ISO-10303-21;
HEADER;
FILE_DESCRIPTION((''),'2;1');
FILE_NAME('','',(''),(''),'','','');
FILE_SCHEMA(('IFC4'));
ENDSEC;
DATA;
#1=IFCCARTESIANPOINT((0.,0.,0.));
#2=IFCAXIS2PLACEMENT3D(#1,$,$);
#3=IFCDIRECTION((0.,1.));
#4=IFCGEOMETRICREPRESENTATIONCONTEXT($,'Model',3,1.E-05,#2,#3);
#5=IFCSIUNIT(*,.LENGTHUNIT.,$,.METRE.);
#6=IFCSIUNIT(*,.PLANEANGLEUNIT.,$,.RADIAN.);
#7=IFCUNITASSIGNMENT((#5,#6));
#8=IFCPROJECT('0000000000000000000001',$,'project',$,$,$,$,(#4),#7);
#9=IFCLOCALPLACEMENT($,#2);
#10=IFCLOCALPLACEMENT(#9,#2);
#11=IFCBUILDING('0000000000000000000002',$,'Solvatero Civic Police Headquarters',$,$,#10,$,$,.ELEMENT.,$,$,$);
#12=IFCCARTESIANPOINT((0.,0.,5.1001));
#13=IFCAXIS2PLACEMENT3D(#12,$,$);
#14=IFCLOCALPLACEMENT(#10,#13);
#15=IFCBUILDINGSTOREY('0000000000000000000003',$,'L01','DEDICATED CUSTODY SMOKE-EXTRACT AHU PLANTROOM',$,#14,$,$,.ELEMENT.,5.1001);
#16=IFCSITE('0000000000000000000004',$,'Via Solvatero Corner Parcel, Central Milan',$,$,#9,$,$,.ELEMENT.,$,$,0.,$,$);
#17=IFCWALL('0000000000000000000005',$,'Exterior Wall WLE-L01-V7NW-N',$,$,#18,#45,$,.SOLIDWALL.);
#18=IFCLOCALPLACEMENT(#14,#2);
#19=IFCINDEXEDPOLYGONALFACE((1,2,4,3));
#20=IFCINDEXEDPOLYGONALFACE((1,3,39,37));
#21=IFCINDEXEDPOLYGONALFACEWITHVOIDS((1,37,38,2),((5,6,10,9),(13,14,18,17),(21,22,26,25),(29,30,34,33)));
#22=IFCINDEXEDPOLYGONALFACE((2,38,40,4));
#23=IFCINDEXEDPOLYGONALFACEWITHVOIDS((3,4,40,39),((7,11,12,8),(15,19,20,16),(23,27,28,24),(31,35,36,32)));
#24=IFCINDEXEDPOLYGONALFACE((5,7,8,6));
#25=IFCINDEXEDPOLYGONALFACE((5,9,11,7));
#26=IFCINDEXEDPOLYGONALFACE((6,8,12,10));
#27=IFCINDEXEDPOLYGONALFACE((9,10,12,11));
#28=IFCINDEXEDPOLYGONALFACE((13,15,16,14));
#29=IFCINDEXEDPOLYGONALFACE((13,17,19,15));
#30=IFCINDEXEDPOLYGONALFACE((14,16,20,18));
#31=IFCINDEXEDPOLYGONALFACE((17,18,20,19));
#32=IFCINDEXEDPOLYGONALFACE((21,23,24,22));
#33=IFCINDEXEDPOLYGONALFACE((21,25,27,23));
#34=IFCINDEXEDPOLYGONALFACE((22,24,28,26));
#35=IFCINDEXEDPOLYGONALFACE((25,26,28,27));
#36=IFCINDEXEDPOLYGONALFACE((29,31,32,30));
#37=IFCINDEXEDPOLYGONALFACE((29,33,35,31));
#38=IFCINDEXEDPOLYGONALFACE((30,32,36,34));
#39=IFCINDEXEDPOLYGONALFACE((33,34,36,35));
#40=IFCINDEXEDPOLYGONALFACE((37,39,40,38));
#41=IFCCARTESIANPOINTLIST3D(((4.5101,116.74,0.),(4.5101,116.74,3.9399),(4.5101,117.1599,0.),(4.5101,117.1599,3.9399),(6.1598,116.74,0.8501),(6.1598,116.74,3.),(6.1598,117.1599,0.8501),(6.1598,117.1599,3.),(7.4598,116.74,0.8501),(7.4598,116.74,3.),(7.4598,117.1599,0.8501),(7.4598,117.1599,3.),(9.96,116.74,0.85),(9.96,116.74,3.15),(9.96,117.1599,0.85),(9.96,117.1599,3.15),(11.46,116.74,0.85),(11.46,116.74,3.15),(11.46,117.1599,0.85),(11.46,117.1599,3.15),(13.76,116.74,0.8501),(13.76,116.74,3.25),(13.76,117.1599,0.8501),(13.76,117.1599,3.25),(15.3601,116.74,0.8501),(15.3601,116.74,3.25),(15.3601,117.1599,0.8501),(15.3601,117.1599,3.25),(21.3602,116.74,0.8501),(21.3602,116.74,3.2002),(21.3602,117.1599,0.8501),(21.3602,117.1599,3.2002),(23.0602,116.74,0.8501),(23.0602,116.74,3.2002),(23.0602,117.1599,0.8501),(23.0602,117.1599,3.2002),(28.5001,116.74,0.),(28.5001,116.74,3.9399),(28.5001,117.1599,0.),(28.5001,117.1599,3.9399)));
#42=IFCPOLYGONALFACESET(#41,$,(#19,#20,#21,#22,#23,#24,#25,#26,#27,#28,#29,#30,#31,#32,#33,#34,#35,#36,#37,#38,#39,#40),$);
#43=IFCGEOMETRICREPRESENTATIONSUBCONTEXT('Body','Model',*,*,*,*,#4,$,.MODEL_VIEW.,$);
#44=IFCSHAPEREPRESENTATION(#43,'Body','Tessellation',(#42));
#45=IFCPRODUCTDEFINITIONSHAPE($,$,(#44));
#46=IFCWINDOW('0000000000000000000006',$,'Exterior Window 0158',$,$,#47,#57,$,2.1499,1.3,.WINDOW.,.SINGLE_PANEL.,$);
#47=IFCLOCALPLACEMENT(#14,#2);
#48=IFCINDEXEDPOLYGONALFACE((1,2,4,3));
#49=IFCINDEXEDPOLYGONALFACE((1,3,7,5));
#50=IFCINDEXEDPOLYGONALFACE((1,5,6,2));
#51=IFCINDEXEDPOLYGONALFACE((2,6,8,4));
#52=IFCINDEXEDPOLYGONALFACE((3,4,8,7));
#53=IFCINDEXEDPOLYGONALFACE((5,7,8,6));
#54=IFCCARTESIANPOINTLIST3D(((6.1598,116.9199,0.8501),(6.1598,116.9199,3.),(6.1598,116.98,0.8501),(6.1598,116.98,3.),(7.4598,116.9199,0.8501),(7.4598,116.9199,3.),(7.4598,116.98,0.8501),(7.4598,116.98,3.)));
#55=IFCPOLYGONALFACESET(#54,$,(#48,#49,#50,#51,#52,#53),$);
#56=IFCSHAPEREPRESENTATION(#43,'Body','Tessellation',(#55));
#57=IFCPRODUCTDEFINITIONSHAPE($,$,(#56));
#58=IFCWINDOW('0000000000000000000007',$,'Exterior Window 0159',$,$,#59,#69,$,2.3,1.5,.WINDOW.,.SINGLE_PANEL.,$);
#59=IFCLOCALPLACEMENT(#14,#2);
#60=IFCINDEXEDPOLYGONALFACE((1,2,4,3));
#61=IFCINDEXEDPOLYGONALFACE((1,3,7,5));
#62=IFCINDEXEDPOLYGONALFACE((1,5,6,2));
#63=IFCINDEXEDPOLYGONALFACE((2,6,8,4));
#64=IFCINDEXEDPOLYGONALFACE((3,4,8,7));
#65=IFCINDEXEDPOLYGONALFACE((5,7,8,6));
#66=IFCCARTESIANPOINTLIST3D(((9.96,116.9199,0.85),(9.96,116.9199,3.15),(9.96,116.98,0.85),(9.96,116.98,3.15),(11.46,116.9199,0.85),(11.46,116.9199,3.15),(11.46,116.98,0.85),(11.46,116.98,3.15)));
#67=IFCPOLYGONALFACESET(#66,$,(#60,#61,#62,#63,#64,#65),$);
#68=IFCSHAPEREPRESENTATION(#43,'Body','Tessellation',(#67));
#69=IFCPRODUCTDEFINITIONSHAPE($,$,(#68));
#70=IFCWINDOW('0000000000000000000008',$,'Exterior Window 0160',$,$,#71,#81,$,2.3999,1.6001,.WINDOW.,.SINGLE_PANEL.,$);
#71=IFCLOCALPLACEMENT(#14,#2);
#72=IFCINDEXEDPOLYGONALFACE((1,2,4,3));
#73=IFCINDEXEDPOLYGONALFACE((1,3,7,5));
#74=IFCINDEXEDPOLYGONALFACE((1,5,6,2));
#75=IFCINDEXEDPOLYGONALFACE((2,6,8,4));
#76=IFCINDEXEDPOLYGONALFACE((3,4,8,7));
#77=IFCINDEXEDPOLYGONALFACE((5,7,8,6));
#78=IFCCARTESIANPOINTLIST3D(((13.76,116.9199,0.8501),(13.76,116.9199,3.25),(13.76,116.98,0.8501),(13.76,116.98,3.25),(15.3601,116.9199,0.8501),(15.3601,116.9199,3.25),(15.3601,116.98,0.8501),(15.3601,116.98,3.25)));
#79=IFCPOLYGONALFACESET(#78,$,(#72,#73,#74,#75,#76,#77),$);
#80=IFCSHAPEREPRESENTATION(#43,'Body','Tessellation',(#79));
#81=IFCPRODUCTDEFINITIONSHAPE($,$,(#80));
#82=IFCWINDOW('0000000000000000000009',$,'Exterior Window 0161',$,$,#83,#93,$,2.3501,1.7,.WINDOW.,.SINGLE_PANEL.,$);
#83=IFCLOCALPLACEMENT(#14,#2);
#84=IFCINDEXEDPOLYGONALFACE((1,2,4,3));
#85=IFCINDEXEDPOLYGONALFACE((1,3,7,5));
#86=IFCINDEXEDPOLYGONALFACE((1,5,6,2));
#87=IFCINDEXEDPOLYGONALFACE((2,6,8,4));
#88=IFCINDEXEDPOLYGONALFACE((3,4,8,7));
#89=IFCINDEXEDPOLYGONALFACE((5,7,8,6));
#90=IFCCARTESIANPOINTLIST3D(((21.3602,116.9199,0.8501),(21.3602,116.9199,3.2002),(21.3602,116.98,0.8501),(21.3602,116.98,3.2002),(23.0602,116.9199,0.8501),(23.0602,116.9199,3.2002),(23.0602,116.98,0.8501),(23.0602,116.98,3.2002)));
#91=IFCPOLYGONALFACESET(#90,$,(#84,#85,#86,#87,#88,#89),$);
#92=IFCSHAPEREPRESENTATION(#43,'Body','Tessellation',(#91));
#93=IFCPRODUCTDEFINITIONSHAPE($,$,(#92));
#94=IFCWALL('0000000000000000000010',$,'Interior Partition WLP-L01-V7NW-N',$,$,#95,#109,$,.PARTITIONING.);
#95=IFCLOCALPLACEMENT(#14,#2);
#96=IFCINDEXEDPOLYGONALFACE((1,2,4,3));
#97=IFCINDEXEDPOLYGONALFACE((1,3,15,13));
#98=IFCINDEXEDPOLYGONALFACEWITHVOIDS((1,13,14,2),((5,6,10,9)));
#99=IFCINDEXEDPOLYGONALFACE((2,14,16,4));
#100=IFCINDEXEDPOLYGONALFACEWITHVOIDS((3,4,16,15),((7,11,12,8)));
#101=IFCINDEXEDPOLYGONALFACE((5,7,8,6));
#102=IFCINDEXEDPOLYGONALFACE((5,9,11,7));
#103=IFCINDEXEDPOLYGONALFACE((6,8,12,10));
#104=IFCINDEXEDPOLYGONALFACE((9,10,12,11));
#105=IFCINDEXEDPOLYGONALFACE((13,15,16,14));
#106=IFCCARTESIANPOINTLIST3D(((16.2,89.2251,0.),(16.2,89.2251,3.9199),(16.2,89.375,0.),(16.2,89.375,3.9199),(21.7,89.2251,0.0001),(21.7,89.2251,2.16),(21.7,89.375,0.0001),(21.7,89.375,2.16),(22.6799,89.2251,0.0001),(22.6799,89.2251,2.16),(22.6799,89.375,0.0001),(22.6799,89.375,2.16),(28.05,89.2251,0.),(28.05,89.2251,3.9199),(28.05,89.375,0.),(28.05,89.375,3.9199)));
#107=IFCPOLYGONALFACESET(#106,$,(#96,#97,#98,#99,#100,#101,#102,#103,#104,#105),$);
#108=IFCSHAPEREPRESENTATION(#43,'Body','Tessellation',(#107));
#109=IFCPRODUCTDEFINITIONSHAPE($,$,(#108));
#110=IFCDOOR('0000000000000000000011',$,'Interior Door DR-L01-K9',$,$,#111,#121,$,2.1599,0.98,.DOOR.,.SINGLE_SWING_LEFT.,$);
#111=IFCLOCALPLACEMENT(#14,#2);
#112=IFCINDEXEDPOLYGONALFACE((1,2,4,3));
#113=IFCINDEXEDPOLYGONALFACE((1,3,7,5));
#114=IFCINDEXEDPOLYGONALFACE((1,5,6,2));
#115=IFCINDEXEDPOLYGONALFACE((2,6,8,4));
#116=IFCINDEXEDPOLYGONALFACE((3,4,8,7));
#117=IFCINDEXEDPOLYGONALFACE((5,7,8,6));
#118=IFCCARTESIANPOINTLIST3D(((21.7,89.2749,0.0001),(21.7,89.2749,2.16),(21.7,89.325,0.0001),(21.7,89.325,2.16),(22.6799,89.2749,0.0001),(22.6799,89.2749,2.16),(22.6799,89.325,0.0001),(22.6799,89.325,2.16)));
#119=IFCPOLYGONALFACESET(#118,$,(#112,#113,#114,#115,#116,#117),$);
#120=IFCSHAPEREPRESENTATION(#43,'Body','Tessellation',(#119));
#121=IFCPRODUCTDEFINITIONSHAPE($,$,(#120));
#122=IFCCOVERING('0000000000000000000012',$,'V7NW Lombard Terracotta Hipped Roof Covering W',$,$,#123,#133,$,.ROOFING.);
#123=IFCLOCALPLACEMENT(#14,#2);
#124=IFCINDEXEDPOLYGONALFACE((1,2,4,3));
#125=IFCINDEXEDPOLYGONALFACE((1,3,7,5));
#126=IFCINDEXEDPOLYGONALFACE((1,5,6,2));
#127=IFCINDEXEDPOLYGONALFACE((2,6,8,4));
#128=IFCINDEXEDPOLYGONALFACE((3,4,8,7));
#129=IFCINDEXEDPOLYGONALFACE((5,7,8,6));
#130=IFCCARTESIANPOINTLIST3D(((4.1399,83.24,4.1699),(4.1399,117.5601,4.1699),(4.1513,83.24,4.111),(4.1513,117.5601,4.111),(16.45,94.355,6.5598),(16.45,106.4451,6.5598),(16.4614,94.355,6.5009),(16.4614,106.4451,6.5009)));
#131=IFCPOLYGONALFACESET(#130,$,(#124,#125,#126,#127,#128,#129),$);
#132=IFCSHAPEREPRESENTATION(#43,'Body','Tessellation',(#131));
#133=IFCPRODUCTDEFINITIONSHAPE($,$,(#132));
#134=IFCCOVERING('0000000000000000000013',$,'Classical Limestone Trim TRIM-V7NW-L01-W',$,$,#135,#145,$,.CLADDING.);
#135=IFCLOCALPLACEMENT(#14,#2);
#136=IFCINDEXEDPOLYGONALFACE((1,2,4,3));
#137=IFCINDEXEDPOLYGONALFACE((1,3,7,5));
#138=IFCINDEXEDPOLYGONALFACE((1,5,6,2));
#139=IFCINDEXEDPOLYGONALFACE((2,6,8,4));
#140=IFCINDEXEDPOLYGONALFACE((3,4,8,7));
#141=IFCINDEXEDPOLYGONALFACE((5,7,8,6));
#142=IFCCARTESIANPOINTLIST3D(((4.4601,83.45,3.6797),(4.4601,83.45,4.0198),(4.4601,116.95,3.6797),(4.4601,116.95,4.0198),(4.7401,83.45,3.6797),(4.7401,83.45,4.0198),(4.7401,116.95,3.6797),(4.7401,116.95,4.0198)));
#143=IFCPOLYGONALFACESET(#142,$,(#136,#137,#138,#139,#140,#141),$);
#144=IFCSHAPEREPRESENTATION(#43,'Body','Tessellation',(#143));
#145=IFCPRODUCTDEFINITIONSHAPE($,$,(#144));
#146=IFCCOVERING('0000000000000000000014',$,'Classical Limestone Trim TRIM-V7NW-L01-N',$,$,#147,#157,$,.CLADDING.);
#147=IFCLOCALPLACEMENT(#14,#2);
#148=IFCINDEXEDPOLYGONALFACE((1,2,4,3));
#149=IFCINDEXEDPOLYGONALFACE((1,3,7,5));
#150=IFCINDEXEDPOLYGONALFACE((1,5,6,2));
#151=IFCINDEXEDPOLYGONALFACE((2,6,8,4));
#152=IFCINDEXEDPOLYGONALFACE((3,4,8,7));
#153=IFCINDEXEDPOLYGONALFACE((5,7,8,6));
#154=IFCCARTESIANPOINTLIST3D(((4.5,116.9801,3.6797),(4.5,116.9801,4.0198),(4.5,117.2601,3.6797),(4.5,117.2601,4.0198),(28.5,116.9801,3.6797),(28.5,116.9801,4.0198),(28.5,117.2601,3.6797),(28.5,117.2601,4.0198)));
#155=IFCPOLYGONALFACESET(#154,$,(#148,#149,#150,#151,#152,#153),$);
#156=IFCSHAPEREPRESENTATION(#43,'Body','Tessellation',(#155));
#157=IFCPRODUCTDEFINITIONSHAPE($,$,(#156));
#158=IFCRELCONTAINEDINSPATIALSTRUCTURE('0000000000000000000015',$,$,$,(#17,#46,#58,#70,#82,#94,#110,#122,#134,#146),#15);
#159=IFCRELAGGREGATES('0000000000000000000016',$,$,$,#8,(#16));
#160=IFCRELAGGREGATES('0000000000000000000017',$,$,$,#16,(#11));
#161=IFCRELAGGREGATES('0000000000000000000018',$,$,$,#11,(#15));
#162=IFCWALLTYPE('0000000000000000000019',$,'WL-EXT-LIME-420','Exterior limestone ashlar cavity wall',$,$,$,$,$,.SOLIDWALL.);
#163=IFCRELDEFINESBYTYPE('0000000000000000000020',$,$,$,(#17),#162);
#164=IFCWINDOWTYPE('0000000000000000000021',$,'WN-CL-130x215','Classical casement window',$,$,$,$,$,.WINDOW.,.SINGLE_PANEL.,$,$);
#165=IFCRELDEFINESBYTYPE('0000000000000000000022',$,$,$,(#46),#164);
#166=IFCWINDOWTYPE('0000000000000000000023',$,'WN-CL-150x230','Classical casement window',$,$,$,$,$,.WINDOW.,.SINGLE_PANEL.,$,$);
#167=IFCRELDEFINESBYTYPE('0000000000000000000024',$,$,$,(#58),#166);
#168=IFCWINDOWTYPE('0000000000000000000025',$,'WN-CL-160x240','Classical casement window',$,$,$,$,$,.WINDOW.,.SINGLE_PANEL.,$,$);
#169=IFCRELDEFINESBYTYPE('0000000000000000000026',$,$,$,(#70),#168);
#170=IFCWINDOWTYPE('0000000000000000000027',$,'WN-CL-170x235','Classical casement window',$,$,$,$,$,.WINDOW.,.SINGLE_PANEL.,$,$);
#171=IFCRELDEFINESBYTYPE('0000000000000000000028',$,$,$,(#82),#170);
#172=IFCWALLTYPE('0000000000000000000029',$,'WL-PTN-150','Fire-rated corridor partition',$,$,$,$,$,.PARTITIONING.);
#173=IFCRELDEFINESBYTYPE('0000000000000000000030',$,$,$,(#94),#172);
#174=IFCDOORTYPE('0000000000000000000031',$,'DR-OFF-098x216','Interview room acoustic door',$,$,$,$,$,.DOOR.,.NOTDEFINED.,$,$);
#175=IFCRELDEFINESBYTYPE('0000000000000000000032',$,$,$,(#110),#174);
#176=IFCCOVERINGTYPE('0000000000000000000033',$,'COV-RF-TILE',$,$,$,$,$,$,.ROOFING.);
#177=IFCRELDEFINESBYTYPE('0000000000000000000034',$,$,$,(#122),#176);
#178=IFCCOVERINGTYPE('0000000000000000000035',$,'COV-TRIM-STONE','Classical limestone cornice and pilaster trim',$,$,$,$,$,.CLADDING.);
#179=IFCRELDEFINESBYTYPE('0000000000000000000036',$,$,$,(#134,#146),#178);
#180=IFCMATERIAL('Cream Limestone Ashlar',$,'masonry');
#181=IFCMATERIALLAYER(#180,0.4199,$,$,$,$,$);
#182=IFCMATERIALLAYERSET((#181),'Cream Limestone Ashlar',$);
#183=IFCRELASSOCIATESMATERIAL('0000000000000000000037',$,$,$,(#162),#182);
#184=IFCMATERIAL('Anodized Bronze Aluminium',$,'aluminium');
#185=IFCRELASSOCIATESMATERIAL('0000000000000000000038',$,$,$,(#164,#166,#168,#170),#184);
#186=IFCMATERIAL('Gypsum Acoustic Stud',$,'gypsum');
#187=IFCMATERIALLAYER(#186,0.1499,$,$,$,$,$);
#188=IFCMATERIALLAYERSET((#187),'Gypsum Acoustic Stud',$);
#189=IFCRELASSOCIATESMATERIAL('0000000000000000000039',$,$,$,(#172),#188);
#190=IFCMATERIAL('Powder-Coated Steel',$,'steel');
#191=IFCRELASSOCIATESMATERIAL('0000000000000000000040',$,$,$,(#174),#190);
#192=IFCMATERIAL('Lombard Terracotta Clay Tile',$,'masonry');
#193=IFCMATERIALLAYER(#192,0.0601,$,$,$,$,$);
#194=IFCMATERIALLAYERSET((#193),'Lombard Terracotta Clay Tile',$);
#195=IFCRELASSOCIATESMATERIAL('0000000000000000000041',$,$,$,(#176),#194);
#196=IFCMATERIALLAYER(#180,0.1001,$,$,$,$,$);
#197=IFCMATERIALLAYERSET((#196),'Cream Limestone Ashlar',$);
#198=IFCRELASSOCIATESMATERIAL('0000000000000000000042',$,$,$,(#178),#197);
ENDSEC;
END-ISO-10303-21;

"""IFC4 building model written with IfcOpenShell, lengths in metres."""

from ifc_helpers import new_model, si_unit, direction, frame, frame_2d, origin, origin_2d, place, context, subcontext, project, spatial, polyline, rectangle, outline, extrude, material, layer, layer_set, type_object, element, fill, save


model = new_model("IFC4")

# Units and contexts
model_context = context("Model", 3, precision=1e-05, world=origin(), true_north=direction((0.0, 1.0)))
body_context = subcontext(model_context, "Body", "Model", "MODEL_VIEW")
ifc_project = project(units=[si_unit("LENGTHUNIT", "METRE"), si_unit("PLANEANGLEUNIT", "RADIAN")], contexts=[model_context])

# Site, building, storey
site_placement = place(None, origin())
site = spatial("IfcSite", under=ifc_project, at=site_placement, Name="Via Solvatero Corner Parcel, Central Milan", CompositionType="ELEMENT", RefElevation=0.0)
building_placement = place(site_placement, origin())
building = spatial("IfcBuilding", under=site, at=building_placement, Name="Solvatero Civic Police Headquarters", CompositionType="ELEMENT")
storey_placement = place(building_placement, frame((0.0, 0.0, 5.1001)))
storey = spatial("IfcBuildingStorey", under=building, at=storey_placement, Name="L01", Description="DEDICATED CUSTODY SMOKE-EXTRACT AHU PLANTROOM", CompositionType="ELEMENT", Elevation=5.1001)

# Wall, openings, windows
ifc_material_1 = material(Name="Cream Limestone Ashlar", Category="masonry")
ifc_layer_1 = layer(ifc_material_1, 0.4199)
ifc_layer_set_1 = layer_set([ifc_layer_1], Name="Cream Limestone Ashlar")
wall_type_1 = type_object("IfcWallType", Name="WL-EXT-LIME-420", Description="Exterior limestone ashlar cavity wall", PredefinedType="SOLIDWALL", material=ifc_layer_set_1)
wall_1_placement = place(storey_placement, frame((4.51, 116.95, 0.0), z_axis=(0.0, 0.0, 1.0), x_axis=(1.0, 0.0, 0.0)))
wall_1 = element("IfcWall", 1, at=wall_1_placement, inside=storey, type_object=wall_type_1, Name="Exterior Wall WLE-L01-V7NW-N", PredefinedType="SOLIDWALL", context=body_context, shape_type="SweptSolid", body=[
    extrude(rectangle(XDim=23.99, YDim=0.4199, at=frame_2d((11.9951, 0.0))), origin(), (0.0, 0.0, 1.0), 3.9399),
])
opening_1_placement = place(wall_1_placement, frame((1.6499, 0.0, 0.8501)))
opening_1 = element("IfcOpeningElement", 2, at=opening_1_placement, cuts=wall_1, PredefinedType="OPENING", context=body_context, shape_type="SweptSolid", body=[
    extrude(rectangle(XDim=1.3, YDim=2.1499, at=frame_2d((0.6499, 1.075))), frame((0.0, 0.22, 0.0), z_axis=(0.0, -1.0, 0.0), x_axis=(1.0, 0.0, 0.0)), (0.0, 0.0, 1.0), 0.4399),
])
opening_2_placement = place(wall_1_placement, frame((5.45, 0.0, 0.8501)))
opening_2 = element("IfcOpeningElement", 3, at=opening_2_placement, cuts=wall_1, PredefinedType="OPENING", context=body_context, shape_type="SweptSolid", body=[
    extrude(rectangle(XDim=1.5, YDim=2.3, at=frame_2d((0.75, 1.1499))), frame((0.0, 0.22, 0.0), z_axis=(0.0, -1.0, 0.0), x_axis=(1.0, 0.0, 0.0)), (0.0, 0.0, 1.0), 0.4399),
])
opening_3_placement = place(wall_1_placement, frame((9.25, 0.0, 0.8501)))
opening_3 = element("IfcOpeningElement", 4, at=opening_3_placement, cuts=wall_1, PredefinedType="OPENING", context=body_context, shape_type="SweptSolid", body=[
    extrude(rectangle(XDim=1.6001, YDim=2.3999, at=frame_2d((0.8, 1.2))), frame((0.0, 0.22, 0.0), z_axis=(0.0, -1.0, 0.0), x_axis=(1.0, 0.0, 0.0)), (0.0, 0.0, 1.0), 0.4399),
])
opening_4_placement = place(wall_1_placement, frame((16.8501, 0.0, 0.8501)))
opening_4 = element("IfcOpeningElement", 5, at=opening_4_placement, cuts=wall_1, PredefinedType="OPENING", context=body_context, shape_type="SweptSolid", body=[
    extrude(rectangle(XDim=1.7, YDim=2.3501, at=frame_2d((0.8501, 1.175))), frame((0.0, 0.22, 0.0), z_axis=(0.0, -1.0, 0.0), x_axis=(1.0, 0.0, 0.0)), (0.0, 0.0, 1.0), 0.4399),
])
ifc_material_2 = material(Name="Anodized Bronze Aluminium", Category="aluminium")
window_type_1 = type_object("IfcWindowType", Name="WN-CL-130x215", Description="Classical casement window", PartitioningType="SINGLE_PANEL", PredefinedType="WINDOW", material=ifc_material_2)
window_1_placement = place(opening_1_placement, origin())
window_1 = element("IfcWindow", 6, at=window_1_placement, inside=storey, type_object=window_type_1, Name="Exterior Window 0158", OverallHeight=2.1499, OverallWidth=1.3, PartitioningType="SINGLE_PANEL", PredefinedType="WINDOW", context=body_context, shape_type="SweptSolid", body=[
    extrude(rectangle(XDim=1.3, YDim=2.1499, at=frame_2d((0.6499, 1.075))), frame((0.0, 0.03, 0.0), z_axis=(0.0, -1.0, 0.0), x_axis=(1.0, 0.0, 0.0)), (0.0, 0.0, 1.0), 0.0601),
])
fill(opening_1, window_1)
window_type_2 = type_object("IfcWindowType", Name="WN-CL-150x230", Description="Classical casement window", PartitioningType="SINGLE_PANEL", PredefinedType="WINDOW", material=ifc_material_2)
window_2_placement = place(opening_2_placement, origin())
window_2 = element("IfcWindow", 7, at=window_2_placement, inside=storey, type_object=window_type_2, Name="Exterior Window 0159", OverallHeight=2.3, OverallWidth=1.5, PartitioningType="SINGLE_PANEL", PredefinedType="WINDOW", context=body_context, shape_type="SweptSolid", body=[
    extrude(rectangle(XDim=1.5, YDim=2.3, at=frame_2d((0.75, 1.1499))), frame((0.0, 0.03, 0.0), z_axis=(0.0, -1.0, 0.0), x_axis=(1.0, 0.0, 0.0)), (0.0, 0.0, 1.0), 0.0601),
])
fill(opening_2, window_2)
window_type_3 = type_object("IfcWindowType", Name="WN-CL-160x240", Description="Classical casement window", PartitioningType="SINGLE_PANEL", PredefinedType="WINDOW", material=ifc_material_2)
window_3_placement = place(opening_3_placement, origin())
window_3 = element("IfcWindow", 8, at=window_3_placement, inside=storey, type_object=window_type_3, Name="Exterior Window 0160", OverallHeight=2.3999, OverallWidth=1.6001, PartitioningType="SINGLE_PANEL", PredefinedType="WINDOW", context=body_context, shape_type="SweptSolid", body=[
    extrude(rectangle(XDim=1.6001, YDim=2.3999, at=frame_2d((0.8, 1.2))), frame((0.0, 0.03, 0.0), z_axis=(0.0, -1.0, 0.0), x_axis=(1.0, 0.0, 0.0)), (0.0, 0.0, 1.0), 0.0601),
])
fill(opening_3, window_3)
window_type_4 = type_object("IfcWindowType", Name="WN-CL-170x235", Description="Classical casement window", PartitioningType="SINGLE_PANEL", PredefinedType="WINDOW", material=ifc_material_2)
window_4_placement = place(opening_4_placement, origin())
window_4 = element("IfcWindow", 9, at=window_4_placement, inside=storey, type_object=window_type_4, Name="Exterior Window 0161", OverallHeight=2.3501, OverallWidth=1.7, PartitioningType="SINGLE_PANEL", PredefinedType="WINDOW", context=body_context, shape_type="SweptSolid", body=[
    extrude(rectangle(XDim=1.7, YDim=2.3501, at=frame_2d((0.8501, 1.175))), frame((0.0, 0.03, 0.0), z_axis=(0.0, -1.0, 0.0), x_axis=(1.0, 0.0, 0.0)), (0.0, 0.0, 1.0), 0.0601),
])
fill(opening_4, window_4)

# Wall, opening, door
ifc_material_3 = material(Name="Gypsum Acoustic Stud", Category="gypsum")
ifc_layer_2 = layer(ifc_material_3, 0.1499)
ifc_layer_set_2 = layer_set([ifc_layer_2], Name="Gypsum Acoustic Stud")
wall_type_2 = type_object("IfcWallType", Name="WL-PTN-150", Description="Fire-rated corridor partition", PredefinedType="PARTITIONING", material=ifc_layer_set_2)
wall_2_placement = place(storey_placement, frame((16.2, 89.3, 0.0), z_axis=(0.0, 0.0, 1.0), x_axis=(1.0, 0.0, 0.0)))
wall_2 = element("IfcWall", 10, at=wall_2_placement, inside=storey, type_object=wall_type_2, Name="Interior Partition WLP-L01-V7NW-N", PredefinedType="PARTITIONING", context=body_context, shape_type="SweptSolid", body=[
    extrude(rectangle(XDim=11.8501, YDim=0.1499, at=frame_2d((5.925, 0.0))), origin(), (0.0, 0.0, 1.0), 3.9199),
])
opening_5_placement = place(wall_2_placement, frame((5.5, 0.0, 0.0)))
opening_5 = element("IfcOpeningElement", 11, at=opening_5_placement, cuts=wall_2, PredefinedType="OPENING", context=body_context, shape_type="SweptSolid", body=[
    extrude(rectangle(XDim=0.98, YDim=2.1599, at=frame_2d((0.49, 1.0801))), frame((0.0, 0.085, 0.0), z_axis=(0.0, -1.0, 0.0), x_axis=(1.0, 0.0, 0.0)), (0.0, 0.0, 1.0), 0.1699),
])
ifc_material_4 = material(Name="Powder-Coated Steel", Category="steel")
door_type = type_object("IfcDoorType", Name="DR-OFF-098x216", Description="Interview room acoustic door", OperationType="NOTDEFINED", PredefinedType="DOOR", material=ifc_material_4)
door_placement = place(opening_5_placement, origin())
door = element("IfcDoor", 12, at=door_placement, inside=storey, type_object=door_type, Name="Interior Door DR-L01-K9", OperationType="SINGLE_SWING_LEFT", OverallHeight=2.1599, OverallWidth=0.98, PredefinedType="DOOR", context=body_context, shape_type="SweptSolid", body=[
    extrude(rectangle(XDim=0.98, YDim=2.1599, at=frame_2d((0.49, 1.0801))), frame((0.0, 0.0249, 0.0), z_axis=(0.0, -1.0, 0.0), x_axis=(1.0, 0.0, 0.0)), (0.0, 0.0, 1.0), 0.05),
])
fill(opening_5, door)

# Coverings
ifc_material_5 = material(Name="Lombard Terracotta Clay Tile", Category="masonry")
ifc_layer_3 = layer(ifc_material_5, 0.0601)
ifc_layer_set_3 = layer_set([ifc_layer_3], Name="Lombard Terracotta Clay Tile")
covering_type_1 = type_object("IfcCoveringType", Name="COV-RF-TILE", PredefinedType="ROOFING", material=ifc_layer_set_3)
covering_1_placement = place(storey_placement, frame((4.1399, 117.5601, 4.1699), z_axis=(-0.190583, 0.0, 0.981671), x_axis=(0.0, -1.0, 0.0)))
element("IfcCovering", 13, at=covering_1_placement, inside=storey, type_object=covering_type_1, Name="V7NW Lombard Terracotta Hipped Roof Covering W", PredefinedType="ROOFING", context=body_context, shape_type="SweptSolid", body=[
    extrude(outline(polyline([(0.0, 0.0), (34.3201, 0.0), (23.2051, 12.5399), (11.115, 12.5399), (0.0, 0.0)])), origin(), (0.0, 0.0, -1.0), 0.0601),
])
ifc_layer_4 = layer(ifc_material_1, 0.1001)
ifc_layer_set_4 = layer_set([ifc_layer_4], Name="Cream Limestone Ashlar")
covering_type_2 = type_object("IfcCoveringType", Name="COV-TRIM-STONE", Description="Classical limestone cornice and pilaster trim", PredefinedType="CLADDING", material=ifc_layer_set_4)
covering_2_placement = place(storey_placement, frame((4.6001, 100.2, 3.6797), z_axis=(0.0, 0.0, 1.0), x_axis=(1.0, 0.0, 0.0)))
element("IfcCovering", 14, at=covering_2_placement, inside=storey, type_object=covering_type_2, Name="Classical Limestone Trim TRIM-V7NW-L01-W", PredefinedType="CLADDING", context=body_context, shape_type="SweptSolid", body=[
    extrude(rectangle(XDim=0.28, YDim=33.5, at=origin_2d()), origin(), (0.0, 0.0, 1.0), 0.3401),
])
covering_3_placement = place(storey_placement, frame((16.5, 117.1201, 3.6797), z_axis=(0.0, 0.0, 1.0), x_axis=(1.0, 0.0, 0.0)))
element("IfcCovering", 15, at=covering_3_placement, inside=storey, type_object=covering_type_2, Name="Classical Limestone Trim TRIM-V7NW-L01-N", PredefinedType="CLADDING", context=body_context, shape_type="SweptSolid", body=[
    extrude(rectangle(XDim=24.0, YDim=0.28, at=origin_2d()), origin(), (0.0, 0.0, 1.0), 0.3401),
])

save(model, "model.ifc")
